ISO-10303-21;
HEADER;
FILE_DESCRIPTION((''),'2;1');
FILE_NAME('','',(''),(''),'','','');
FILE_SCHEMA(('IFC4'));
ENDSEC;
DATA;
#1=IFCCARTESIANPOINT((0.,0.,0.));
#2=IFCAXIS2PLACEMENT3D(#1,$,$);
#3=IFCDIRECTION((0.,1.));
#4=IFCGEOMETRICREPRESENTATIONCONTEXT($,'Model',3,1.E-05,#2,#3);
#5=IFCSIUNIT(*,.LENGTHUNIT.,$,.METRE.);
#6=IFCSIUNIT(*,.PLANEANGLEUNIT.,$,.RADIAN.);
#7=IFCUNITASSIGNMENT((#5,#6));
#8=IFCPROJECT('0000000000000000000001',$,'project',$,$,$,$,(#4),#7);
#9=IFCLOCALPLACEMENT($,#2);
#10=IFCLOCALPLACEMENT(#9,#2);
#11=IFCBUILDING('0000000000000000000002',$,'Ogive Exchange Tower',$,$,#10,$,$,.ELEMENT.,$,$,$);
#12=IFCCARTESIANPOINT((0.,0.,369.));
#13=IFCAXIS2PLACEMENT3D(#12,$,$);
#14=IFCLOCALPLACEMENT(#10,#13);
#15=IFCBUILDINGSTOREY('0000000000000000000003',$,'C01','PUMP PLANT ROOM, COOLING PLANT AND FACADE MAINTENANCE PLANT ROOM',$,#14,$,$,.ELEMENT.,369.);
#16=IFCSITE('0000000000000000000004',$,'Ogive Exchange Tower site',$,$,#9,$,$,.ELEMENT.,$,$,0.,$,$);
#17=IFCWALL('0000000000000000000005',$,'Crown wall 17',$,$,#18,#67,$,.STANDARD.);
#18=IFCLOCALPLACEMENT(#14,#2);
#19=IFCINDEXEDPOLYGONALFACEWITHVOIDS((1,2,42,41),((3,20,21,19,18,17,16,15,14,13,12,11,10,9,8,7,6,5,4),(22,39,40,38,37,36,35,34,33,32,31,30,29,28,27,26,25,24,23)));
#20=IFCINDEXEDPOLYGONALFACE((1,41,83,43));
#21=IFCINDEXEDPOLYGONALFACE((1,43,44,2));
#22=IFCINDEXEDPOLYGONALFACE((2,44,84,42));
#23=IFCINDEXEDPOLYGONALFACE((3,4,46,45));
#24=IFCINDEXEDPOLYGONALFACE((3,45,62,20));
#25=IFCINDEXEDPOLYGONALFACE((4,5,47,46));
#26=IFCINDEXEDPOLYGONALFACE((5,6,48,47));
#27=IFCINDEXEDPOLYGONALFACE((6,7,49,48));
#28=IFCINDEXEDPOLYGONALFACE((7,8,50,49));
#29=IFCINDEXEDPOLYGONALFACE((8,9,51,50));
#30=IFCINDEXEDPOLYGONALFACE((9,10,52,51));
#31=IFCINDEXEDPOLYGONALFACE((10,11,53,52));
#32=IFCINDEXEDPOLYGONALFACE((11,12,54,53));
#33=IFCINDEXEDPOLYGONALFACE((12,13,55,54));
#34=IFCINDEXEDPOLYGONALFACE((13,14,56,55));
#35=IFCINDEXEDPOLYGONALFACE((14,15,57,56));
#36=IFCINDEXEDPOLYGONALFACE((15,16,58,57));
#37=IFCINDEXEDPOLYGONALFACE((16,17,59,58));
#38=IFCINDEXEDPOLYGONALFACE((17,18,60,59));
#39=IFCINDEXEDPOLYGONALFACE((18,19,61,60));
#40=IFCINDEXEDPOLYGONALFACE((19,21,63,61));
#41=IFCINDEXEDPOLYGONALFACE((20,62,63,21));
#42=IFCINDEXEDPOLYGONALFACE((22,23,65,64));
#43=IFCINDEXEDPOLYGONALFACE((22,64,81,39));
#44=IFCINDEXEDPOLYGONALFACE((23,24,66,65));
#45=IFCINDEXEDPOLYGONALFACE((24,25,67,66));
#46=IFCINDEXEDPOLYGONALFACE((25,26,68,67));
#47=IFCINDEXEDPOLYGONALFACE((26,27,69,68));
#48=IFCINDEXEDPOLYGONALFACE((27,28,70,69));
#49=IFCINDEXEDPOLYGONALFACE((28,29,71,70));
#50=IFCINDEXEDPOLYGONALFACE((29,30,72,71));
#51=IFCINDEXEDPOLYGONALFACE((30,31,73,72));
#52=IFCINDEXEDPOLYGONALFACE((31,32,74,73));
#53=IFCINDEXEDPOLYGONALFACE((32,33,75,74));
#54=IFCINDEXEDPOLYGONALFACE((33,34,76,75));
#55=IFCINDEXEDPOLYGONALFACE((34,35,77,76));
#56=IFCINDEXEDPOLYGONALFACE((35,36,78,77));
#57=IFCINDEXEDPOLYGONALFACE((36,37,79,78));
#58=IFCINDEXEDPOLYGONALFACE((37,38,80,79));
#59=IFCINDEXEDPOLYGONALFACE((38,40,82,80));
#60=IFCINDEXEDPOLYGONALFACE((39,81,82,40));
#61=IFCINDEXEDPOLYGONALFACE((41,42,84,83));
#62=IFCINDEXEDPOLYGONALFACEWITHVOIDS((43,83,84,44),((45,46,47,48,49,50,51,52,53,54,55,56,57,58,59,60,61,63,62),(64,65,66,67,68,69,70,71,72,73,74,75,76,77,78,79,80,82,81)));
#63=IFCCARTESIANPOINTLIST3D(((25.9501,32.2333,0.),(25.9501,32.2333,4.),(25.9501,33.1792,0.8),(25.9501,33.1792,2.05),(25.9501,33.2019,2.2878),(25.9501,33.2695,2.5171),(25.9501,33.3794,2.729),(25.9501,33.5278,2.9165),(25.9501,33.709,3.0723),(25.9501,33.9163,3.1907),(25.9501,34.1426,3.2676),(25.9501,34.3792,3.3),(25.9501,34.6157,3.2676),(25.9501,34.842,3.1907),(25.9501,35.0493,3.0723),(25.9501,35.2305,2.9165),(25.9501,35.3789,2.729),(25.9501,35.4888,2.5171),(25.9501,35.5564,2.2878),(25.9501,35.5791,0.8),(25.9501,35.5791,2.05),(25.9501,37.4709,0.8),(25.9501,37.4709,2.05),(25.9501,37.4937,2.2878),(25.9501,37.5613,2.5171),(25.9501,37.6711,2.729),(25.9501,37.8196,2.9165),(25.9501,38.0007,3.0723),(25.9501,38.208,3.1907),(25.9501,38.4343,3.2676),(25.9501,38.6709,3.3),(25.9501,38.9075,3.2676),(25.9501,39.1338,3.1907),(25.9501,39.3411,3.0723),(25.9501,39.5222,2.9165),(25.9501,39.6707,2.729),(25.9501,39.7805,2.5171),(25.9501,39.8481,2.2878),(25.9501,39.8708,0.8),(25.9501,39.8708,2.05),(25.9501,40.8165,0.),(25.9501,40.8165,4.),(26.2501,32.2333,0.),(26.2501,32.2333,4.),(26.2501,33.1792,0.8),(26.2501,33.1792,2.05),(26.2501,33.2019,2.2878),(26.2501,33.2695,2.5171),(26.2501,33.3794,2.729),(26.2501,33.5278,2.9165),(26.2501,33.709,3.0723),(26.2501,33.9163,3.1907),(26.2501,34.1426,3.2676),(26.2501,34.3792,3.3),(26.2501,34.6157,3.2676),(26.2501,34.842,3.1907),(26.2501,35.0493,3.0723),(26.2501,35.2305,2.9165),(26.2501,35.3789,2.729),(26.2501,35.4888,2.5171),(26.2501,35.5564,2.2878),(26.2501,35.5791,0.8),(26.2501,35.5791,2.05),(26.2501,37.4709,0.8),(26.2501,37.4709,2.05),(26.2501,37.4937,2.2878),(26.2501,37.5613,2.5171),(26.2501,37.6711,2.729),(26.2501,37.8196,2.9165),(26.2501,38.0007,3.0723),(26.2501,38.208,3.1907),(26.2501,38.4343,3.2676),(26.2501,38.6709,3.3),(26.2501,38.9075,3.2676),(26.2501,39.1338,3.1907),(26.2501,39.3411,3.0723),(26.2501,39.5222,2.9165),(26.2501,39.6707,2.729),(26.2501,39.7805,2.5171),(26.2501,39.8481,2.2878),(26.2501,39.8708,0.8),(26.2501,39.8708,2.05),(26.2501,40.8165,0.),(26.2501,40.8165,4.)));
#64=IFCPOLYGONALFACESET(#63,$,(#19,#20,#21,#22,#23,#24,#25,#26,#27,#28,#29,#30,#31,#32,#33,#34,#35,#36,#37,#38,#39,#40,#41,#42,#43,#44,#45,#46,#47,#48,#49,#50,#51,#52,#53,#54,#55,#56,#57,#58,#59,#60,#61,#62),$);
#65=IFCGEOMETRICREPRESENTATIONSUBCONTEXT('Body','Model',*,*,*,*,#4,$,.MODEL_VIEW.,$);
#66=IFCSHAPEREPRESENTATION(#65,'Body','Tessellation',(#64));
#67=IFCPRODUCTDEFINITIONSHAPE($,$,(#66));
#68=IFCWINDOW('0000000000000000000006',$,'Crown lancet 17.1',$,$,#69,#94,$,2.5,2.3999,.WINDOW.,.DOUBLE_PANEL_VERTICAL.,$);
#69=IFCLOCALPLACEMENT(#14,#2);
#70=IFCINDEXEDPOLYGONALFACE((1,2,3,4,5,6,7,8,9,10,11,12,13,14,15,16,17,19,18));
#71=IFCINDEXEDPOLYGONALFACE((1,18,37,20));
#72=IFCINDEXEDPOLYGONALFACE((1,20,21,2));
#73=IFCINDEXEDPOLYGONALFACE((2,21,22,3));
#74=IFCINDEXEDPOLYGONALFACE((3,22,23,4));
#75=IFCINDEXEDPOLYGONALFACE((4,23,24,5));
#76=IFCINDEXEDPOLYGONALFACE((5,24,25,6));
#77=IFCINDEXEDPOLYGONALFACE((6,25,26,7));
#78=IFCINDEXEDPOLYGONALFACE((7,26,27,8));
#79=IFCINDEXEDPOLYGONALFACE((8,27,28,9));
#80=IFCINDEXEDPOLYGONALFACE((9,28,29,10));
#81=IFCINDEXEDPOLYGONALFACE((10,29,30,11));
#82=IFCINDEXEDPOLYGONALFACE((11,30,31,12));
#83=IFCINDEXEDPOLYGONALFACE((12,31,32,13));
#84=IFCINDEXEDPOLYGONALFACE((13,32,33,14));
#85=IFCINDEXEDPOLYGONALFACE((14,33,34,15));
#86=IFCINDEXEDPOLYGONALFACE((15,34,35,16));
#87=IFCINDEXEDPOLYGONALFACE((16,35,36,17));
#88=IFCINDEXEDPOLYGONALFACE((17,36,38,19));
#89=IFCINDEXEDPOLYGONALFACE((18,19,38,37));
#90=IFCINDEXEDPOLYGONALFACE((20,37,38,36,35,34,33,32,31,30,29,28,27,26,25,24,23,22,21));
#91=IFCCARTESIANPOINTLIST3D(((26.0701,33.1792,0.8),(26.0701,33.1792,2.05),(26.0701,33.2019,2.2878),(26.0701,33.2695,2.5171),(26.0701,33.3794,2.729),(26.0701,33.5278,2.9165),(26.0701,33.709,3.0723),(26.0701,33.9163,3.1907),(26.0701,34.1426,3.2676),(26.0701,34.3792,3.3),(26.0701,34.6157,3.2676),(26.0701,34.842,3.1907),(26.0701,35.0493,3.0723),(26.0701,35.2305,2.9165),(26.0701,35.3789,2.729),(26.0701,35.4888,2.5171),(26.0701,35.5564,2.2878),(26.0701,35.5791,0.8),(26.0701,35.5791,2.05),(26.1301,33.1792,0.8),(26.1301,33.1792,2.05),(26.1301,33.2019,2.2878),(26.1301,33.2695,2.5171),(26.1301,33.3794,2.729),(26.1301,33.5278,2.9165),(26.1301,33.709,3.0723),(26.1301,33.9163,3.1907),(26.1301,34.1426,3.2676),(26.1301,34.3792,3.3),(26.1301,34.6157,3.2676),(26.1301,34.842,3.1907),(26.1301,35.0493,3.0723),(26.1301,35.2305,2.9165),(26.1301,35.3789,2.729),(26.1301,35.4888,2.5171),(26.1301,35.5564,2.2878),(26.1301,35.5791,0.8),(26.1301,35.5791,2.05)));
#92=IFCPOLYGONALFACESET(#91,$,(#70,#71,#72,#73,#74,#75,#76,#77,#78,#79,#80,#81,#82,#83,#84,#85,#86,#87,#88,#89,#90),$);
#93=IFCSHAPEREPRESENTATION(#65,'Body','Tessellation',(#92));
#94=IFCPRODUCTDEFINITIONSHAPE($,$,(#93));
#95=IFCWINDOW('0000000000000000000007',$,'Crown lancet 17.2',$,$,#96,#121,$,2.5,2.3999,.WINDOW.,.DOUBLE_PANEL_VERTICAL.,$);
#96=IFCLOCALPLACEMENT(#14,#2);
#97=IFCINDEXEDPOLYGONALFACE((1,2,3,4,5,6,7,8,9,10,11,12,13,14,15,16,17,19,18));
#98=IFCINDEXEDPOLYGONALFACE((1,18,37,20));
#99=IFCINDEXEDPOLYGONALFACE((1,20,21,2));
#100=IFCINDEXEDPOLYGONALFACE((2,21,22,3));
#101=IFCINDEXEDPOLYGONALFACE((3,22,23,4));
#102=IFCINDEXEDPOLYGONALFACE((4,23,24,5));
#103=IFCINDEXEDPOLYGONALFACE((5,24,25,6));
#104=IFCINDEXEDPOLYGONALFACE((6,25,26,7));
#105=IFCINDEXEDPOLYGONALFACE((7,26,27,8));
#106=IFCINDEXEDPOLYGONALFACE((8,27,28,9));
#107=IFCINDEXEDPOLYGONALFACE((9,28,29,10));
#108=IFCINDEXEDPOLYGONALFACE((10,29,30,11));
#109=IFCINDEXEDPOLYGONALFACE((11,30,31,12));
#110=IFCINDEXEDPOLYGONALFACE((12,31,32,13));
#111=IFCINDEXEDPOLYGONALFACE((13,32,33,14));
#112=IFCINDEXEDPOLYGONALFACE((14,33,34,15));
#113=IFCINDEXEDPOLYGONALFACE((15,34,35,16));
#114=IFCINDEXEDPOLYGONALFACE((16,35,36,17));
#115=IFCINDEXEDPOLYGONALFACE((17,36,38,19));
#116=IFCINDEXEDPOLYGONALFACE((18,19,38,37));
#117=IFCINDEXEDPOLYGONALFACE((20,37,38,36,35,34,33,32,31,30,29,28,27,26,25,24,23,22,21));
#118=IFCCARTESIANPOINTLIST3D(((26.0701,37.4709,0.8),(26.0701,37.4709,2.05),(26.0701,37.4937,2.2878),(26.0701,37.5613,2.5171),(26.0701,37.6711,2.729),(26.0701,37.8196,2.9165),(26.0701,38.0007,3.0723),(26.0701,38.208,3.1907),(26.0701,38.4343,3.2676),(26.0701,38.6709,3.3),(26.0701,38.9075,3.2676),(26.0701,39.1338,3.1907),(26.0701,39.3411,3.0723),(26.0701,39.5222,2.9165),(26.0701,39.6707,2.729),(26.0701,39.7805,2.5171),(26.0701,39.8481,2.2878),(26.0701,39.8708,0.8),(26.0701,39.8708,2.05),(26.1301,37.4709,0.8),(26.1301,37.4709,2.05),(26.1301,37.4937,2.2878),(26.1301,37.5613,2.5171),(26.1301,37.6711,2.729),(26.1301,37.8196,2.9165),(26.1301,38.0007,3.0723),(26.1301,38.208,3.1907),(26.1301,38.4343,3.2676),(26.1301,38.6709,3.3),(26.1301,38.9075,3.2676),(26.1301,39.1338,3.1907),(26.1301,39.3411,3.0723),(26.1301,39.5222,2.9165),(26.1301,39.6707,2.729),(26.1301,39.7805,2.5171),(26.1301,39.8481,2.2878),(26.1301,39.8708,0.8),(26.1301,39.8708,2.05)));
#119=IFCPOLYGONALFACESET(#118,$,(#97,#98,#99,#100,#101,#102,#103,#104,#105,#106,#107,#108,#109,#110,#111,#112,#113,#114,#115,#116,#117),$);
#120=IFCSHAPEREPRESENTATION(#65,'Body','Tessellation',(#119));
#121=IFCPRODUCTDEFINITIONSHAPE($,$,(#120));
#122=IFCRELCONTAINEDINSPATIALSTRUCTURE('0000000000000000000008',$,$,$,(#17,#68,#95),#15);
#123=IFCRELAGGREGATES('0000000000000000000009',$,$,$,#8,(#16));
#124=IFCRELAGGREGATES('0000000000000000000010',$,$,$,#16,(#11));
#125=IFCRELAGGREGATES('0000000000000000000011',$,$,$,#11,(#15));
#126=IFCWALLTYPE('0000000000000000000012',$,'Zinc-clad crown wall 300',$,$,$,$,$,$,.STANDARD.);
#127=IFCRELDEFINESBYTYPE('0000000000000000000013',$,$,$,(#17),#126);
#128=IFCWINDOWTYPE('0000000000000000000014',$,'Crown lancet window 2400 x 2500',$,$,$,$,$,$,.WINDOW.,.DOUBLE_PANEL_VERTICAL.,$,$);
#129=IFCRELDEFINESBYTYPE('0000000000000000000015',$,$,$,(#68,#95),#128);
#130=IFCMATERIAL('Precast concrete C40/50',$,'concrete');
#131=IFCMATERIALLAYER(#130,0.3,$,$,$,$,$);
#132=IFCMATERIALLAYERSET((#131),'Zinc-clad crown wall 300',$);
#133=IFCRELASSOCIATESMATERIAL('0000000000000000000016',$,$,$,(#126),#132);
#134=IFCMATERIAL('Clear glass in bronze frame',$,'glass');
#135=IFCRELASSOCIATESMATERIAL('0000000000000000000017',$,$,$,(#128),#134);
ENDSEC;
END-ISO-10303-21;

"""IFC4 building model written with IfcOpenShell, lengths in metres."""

from ifc_helpers import new_model, si_unit, direction, frame, frame_2d, origin, place, context, subcontext, project, spatial, polyline, rectangle, outline, extrude, material, layer, layer_set, type_object, element, fill, save


model = new_model("IFC4")

# Units and contexts
model_context = context("Model", 3, precision=1e-05, world=origin(), true_north=direction((0.0, 1.0)))
body_context = subcontext(model_context, "Body", "Model", "MODEL_VIEW")
ifc_project = project(units=[si_unit("LENGTHUNIT", "METRE"), si_unit("PLANEANGLEUNIT", "RADIAN")], contexts=[model_context])

# Site, building, storey
site_placement = place(None, origin())
site = spatial("IfcSite", under=ifc_project, at=site_placement, Name="Ogive Exchange Tower site", CompositionType="ELEMENT", RefElevation=0.0)
building_placement = place(site_placement, origin())
building = spatial("IfcBuilding", under=site, at=building_placement, Name="Ogive Exchange Tower", CompositionType="ELEMENT")
storey_placement = place(building_placement, frame((0.0, 0.0, 369.0)))
storey = spatial("IfcBuildingStorey", under=building, at=storey_placement, Name="C01", Description="PUMP PLANT ROOM, COOLING PLANT AND FACADE MAINTENANCE PLANT ROOM", CompositionType="ELEMENT", Elevation=369.0)

# Wall, openings, windows
ifc_material_1 = material(Name="Precast concrete C40/50", Category="concrete")
ifc_layer_1 = layer(ifc_material_1, 0.3)
ifc_layer_set_1 = layer_set([ifc_layer_1], Name="Zinc-clad crown wall 300")
wall_type_1 = type_object("IfcWallType", Name="Zinc-clad crown wall 300", PredefinedType="STANDARD", material=ifc_layer_set_1)
ifc_material_2 = material(Name="Clear glass in bronze frame", Category="glass")
window_type = type_object("IfcWindowType", Name="Crown lancet window 2400 x 2500", PartitioningType="DOUBLE_PANEL_VERTICAL", PredefinedType="WINDOW", material=ifc_material_2)
wall_1_placement = place(storey_placement, frame((26.1001, 32.2334, 0.0), z_axis=(0.0, 0.0, 1.0), x_axis=(0.0, 1.0, 0.0)))
wall_1 = element("IfcWall", 1, at=wall_1_placement, inside=storey, type_object=wall_type_1, Name="Crown wall 17", PredefinedType="STANDARD", context=body_context, shape_type="SweptSolid", body=[
    extrude(rectangle(XDim=8.5833, YDim=0.3, at=frame_2d((4.2915, 0.0))), origin(), (0.0, 0.0, 1.0), 4.0),
])
opening_1_placement = place(wall_1_placement, frame((0.9458, 0.0, 0.8)))
opening_1 = element("IfcOpeningElement", 2, at=opening_1_placement, cuts=wall_1, PredefinedType="OPENING", context=body_context, shape_type="SweptSolid", body=[
    extrude(outline(polyline([(0.0, 0.0), (2.3999, 0.0), (2.3999, 1.25), (2.3772, 1.4878), (2.3096, 1.717), (2.1997, 1.929), (2.0513, 2.1165), (1.8701, 2.2722), (1.6628, 2.3906), (1.4365, 2.4675), (1.2, 2.5), (0.9634, 2.4675), (0.7371, 2.3906), (0.5298, 2.2722), (0.3486, 2.1165), (0.2002, 1.929), (0.0903, 1.717), (0.0227, 1.4878), (0.0, 1.25), (0.0, 0.0)])), frame((0.0, 0.1599, 0.0), z_axis=(0.0, -1.0, 0.0), x_axis=(1.0, 0.0, 0.0)), (0.0, 0.0, 1.0), 0.3201),
])
opening_2_placement = place(wall_1_placement, frame((5.2375, 0.0, 0.8)))
opening_2 = element("IfcOpeningElement", 3, at=opening_2_placement, cuts=wall_1, PredefinedType="OPENING", context=body_context, shape_type="SweptSolid", body=[
    extrude(outline(polyline([(0.0, 0.0), (2.3999, 0.0), (2.3999, 1.25), (2.3772, 1.4878), (2.3096, 1.717), (2.1997, 1.929), (2.0513, 2.1165), (1.8701, 2.2722), (1.6628, 2.3906), (1.4365, 2.4675), (1.2, 2.5), (0.9634, 2.4675), (0.7371, 2.3906), (0.5298, 2.2722), (0.3486, 2.1165), (0.2002, 1.929), (0.0903, 1.717), (0.0227, 1.4878), (0.0, 1.25), (0.0, 0.0)])), frame((0.0, 0.1599, 0.0), z_axis=(0.0, -1.0, 0.0), x_axis=(1.0, 0.0, 0.0)), (0.0, 0.0, 1.0), 0.3201),
])
window_1_placement = place(opening_1_placement, origin())
window_1 = element("IfcWindow", 4, at=window_1_placement, inside=storey, type_object=window_type, Name="Crown lancet 17.1", OverallHeight=2.5, OverallWidth=2.3999, PartitioningType="DOUBLE_PANEL_VERTICAL", PredefinedType="WINDOW", context=body_context, shape_type="SweptSolid", body=[
    extrude(outline(polyline([(0.0, 0.0), (2.3999, 0.0), (2.3999, 1.25), (2.3772, 1.4878), (2.3096, 1.717), (2.1997, 1.929), (2.0513, 2.1165), (1.8701, 2.2722), (1.6628, 2.3906), (1.4365, 2.4675), (1.2, 2.5), (0.9634, 2.4675), (0.7371, 2.3906), (0.5298, 2.2722), (0.3486, 2.1165), (0.2002, 1.929), (0.0903, 1.717), (0.0227, 1.4878), (0.0, 1.25), (0.0, 0.0)])), frame((0.0, 0.03, 0.0), z_axis=(0.0, -1.0, 0.0), x_axis=(1.0, 0.0, 0.0)), (0.0, 0.0, 1.0), 0.0601),
])
fill(opening_1, window_1)
window_2_placement = place(opening_2_placement, origin())
window_2 = element("IfcWindow", 5, at=window_2_placement, inside=storey, type_object=window_type, Name="Crown lancet 17.2", OverallHeight=2.5, OverallWidth=2.3999, PartitioningType="DOUBLE_PANEL_VERTICAL", PredefinedType="WINDOW", context=body_context, shape_type="SweptSolid", body=[
    extrude(outline(polyline([(0.0, 0.0), (2.3999, 0.0), (2.3999, 1.25), (2.3772, 1.4878), (2.3096, 1.717), (2.1997, 1.929), (2.0513, 2.1165), (1.8701, 2.2722), (1.6628, 2.3906), (1.4365, 2.4675), (1.2, 2.5), (0.9634, 2.4675), (0.7371, 2.3906), (0.5298, 2.2722), (0.3486, 2.1165), (0.2002, 1.929), (0.0903, 1.717), (0.0227, 1.4878), (0.0, 1.25), (0.0, 0.0)])), frame((0.0, 0.03, 0.0), z_axis=(0.0, -1.0, 0.0), x_axis=(1.0, 0.0, 0.0)), (0.0, 0.0, 1.0), 0.0601),
])
fill(opening_2, window_2)

save(model, "model.ifc")
